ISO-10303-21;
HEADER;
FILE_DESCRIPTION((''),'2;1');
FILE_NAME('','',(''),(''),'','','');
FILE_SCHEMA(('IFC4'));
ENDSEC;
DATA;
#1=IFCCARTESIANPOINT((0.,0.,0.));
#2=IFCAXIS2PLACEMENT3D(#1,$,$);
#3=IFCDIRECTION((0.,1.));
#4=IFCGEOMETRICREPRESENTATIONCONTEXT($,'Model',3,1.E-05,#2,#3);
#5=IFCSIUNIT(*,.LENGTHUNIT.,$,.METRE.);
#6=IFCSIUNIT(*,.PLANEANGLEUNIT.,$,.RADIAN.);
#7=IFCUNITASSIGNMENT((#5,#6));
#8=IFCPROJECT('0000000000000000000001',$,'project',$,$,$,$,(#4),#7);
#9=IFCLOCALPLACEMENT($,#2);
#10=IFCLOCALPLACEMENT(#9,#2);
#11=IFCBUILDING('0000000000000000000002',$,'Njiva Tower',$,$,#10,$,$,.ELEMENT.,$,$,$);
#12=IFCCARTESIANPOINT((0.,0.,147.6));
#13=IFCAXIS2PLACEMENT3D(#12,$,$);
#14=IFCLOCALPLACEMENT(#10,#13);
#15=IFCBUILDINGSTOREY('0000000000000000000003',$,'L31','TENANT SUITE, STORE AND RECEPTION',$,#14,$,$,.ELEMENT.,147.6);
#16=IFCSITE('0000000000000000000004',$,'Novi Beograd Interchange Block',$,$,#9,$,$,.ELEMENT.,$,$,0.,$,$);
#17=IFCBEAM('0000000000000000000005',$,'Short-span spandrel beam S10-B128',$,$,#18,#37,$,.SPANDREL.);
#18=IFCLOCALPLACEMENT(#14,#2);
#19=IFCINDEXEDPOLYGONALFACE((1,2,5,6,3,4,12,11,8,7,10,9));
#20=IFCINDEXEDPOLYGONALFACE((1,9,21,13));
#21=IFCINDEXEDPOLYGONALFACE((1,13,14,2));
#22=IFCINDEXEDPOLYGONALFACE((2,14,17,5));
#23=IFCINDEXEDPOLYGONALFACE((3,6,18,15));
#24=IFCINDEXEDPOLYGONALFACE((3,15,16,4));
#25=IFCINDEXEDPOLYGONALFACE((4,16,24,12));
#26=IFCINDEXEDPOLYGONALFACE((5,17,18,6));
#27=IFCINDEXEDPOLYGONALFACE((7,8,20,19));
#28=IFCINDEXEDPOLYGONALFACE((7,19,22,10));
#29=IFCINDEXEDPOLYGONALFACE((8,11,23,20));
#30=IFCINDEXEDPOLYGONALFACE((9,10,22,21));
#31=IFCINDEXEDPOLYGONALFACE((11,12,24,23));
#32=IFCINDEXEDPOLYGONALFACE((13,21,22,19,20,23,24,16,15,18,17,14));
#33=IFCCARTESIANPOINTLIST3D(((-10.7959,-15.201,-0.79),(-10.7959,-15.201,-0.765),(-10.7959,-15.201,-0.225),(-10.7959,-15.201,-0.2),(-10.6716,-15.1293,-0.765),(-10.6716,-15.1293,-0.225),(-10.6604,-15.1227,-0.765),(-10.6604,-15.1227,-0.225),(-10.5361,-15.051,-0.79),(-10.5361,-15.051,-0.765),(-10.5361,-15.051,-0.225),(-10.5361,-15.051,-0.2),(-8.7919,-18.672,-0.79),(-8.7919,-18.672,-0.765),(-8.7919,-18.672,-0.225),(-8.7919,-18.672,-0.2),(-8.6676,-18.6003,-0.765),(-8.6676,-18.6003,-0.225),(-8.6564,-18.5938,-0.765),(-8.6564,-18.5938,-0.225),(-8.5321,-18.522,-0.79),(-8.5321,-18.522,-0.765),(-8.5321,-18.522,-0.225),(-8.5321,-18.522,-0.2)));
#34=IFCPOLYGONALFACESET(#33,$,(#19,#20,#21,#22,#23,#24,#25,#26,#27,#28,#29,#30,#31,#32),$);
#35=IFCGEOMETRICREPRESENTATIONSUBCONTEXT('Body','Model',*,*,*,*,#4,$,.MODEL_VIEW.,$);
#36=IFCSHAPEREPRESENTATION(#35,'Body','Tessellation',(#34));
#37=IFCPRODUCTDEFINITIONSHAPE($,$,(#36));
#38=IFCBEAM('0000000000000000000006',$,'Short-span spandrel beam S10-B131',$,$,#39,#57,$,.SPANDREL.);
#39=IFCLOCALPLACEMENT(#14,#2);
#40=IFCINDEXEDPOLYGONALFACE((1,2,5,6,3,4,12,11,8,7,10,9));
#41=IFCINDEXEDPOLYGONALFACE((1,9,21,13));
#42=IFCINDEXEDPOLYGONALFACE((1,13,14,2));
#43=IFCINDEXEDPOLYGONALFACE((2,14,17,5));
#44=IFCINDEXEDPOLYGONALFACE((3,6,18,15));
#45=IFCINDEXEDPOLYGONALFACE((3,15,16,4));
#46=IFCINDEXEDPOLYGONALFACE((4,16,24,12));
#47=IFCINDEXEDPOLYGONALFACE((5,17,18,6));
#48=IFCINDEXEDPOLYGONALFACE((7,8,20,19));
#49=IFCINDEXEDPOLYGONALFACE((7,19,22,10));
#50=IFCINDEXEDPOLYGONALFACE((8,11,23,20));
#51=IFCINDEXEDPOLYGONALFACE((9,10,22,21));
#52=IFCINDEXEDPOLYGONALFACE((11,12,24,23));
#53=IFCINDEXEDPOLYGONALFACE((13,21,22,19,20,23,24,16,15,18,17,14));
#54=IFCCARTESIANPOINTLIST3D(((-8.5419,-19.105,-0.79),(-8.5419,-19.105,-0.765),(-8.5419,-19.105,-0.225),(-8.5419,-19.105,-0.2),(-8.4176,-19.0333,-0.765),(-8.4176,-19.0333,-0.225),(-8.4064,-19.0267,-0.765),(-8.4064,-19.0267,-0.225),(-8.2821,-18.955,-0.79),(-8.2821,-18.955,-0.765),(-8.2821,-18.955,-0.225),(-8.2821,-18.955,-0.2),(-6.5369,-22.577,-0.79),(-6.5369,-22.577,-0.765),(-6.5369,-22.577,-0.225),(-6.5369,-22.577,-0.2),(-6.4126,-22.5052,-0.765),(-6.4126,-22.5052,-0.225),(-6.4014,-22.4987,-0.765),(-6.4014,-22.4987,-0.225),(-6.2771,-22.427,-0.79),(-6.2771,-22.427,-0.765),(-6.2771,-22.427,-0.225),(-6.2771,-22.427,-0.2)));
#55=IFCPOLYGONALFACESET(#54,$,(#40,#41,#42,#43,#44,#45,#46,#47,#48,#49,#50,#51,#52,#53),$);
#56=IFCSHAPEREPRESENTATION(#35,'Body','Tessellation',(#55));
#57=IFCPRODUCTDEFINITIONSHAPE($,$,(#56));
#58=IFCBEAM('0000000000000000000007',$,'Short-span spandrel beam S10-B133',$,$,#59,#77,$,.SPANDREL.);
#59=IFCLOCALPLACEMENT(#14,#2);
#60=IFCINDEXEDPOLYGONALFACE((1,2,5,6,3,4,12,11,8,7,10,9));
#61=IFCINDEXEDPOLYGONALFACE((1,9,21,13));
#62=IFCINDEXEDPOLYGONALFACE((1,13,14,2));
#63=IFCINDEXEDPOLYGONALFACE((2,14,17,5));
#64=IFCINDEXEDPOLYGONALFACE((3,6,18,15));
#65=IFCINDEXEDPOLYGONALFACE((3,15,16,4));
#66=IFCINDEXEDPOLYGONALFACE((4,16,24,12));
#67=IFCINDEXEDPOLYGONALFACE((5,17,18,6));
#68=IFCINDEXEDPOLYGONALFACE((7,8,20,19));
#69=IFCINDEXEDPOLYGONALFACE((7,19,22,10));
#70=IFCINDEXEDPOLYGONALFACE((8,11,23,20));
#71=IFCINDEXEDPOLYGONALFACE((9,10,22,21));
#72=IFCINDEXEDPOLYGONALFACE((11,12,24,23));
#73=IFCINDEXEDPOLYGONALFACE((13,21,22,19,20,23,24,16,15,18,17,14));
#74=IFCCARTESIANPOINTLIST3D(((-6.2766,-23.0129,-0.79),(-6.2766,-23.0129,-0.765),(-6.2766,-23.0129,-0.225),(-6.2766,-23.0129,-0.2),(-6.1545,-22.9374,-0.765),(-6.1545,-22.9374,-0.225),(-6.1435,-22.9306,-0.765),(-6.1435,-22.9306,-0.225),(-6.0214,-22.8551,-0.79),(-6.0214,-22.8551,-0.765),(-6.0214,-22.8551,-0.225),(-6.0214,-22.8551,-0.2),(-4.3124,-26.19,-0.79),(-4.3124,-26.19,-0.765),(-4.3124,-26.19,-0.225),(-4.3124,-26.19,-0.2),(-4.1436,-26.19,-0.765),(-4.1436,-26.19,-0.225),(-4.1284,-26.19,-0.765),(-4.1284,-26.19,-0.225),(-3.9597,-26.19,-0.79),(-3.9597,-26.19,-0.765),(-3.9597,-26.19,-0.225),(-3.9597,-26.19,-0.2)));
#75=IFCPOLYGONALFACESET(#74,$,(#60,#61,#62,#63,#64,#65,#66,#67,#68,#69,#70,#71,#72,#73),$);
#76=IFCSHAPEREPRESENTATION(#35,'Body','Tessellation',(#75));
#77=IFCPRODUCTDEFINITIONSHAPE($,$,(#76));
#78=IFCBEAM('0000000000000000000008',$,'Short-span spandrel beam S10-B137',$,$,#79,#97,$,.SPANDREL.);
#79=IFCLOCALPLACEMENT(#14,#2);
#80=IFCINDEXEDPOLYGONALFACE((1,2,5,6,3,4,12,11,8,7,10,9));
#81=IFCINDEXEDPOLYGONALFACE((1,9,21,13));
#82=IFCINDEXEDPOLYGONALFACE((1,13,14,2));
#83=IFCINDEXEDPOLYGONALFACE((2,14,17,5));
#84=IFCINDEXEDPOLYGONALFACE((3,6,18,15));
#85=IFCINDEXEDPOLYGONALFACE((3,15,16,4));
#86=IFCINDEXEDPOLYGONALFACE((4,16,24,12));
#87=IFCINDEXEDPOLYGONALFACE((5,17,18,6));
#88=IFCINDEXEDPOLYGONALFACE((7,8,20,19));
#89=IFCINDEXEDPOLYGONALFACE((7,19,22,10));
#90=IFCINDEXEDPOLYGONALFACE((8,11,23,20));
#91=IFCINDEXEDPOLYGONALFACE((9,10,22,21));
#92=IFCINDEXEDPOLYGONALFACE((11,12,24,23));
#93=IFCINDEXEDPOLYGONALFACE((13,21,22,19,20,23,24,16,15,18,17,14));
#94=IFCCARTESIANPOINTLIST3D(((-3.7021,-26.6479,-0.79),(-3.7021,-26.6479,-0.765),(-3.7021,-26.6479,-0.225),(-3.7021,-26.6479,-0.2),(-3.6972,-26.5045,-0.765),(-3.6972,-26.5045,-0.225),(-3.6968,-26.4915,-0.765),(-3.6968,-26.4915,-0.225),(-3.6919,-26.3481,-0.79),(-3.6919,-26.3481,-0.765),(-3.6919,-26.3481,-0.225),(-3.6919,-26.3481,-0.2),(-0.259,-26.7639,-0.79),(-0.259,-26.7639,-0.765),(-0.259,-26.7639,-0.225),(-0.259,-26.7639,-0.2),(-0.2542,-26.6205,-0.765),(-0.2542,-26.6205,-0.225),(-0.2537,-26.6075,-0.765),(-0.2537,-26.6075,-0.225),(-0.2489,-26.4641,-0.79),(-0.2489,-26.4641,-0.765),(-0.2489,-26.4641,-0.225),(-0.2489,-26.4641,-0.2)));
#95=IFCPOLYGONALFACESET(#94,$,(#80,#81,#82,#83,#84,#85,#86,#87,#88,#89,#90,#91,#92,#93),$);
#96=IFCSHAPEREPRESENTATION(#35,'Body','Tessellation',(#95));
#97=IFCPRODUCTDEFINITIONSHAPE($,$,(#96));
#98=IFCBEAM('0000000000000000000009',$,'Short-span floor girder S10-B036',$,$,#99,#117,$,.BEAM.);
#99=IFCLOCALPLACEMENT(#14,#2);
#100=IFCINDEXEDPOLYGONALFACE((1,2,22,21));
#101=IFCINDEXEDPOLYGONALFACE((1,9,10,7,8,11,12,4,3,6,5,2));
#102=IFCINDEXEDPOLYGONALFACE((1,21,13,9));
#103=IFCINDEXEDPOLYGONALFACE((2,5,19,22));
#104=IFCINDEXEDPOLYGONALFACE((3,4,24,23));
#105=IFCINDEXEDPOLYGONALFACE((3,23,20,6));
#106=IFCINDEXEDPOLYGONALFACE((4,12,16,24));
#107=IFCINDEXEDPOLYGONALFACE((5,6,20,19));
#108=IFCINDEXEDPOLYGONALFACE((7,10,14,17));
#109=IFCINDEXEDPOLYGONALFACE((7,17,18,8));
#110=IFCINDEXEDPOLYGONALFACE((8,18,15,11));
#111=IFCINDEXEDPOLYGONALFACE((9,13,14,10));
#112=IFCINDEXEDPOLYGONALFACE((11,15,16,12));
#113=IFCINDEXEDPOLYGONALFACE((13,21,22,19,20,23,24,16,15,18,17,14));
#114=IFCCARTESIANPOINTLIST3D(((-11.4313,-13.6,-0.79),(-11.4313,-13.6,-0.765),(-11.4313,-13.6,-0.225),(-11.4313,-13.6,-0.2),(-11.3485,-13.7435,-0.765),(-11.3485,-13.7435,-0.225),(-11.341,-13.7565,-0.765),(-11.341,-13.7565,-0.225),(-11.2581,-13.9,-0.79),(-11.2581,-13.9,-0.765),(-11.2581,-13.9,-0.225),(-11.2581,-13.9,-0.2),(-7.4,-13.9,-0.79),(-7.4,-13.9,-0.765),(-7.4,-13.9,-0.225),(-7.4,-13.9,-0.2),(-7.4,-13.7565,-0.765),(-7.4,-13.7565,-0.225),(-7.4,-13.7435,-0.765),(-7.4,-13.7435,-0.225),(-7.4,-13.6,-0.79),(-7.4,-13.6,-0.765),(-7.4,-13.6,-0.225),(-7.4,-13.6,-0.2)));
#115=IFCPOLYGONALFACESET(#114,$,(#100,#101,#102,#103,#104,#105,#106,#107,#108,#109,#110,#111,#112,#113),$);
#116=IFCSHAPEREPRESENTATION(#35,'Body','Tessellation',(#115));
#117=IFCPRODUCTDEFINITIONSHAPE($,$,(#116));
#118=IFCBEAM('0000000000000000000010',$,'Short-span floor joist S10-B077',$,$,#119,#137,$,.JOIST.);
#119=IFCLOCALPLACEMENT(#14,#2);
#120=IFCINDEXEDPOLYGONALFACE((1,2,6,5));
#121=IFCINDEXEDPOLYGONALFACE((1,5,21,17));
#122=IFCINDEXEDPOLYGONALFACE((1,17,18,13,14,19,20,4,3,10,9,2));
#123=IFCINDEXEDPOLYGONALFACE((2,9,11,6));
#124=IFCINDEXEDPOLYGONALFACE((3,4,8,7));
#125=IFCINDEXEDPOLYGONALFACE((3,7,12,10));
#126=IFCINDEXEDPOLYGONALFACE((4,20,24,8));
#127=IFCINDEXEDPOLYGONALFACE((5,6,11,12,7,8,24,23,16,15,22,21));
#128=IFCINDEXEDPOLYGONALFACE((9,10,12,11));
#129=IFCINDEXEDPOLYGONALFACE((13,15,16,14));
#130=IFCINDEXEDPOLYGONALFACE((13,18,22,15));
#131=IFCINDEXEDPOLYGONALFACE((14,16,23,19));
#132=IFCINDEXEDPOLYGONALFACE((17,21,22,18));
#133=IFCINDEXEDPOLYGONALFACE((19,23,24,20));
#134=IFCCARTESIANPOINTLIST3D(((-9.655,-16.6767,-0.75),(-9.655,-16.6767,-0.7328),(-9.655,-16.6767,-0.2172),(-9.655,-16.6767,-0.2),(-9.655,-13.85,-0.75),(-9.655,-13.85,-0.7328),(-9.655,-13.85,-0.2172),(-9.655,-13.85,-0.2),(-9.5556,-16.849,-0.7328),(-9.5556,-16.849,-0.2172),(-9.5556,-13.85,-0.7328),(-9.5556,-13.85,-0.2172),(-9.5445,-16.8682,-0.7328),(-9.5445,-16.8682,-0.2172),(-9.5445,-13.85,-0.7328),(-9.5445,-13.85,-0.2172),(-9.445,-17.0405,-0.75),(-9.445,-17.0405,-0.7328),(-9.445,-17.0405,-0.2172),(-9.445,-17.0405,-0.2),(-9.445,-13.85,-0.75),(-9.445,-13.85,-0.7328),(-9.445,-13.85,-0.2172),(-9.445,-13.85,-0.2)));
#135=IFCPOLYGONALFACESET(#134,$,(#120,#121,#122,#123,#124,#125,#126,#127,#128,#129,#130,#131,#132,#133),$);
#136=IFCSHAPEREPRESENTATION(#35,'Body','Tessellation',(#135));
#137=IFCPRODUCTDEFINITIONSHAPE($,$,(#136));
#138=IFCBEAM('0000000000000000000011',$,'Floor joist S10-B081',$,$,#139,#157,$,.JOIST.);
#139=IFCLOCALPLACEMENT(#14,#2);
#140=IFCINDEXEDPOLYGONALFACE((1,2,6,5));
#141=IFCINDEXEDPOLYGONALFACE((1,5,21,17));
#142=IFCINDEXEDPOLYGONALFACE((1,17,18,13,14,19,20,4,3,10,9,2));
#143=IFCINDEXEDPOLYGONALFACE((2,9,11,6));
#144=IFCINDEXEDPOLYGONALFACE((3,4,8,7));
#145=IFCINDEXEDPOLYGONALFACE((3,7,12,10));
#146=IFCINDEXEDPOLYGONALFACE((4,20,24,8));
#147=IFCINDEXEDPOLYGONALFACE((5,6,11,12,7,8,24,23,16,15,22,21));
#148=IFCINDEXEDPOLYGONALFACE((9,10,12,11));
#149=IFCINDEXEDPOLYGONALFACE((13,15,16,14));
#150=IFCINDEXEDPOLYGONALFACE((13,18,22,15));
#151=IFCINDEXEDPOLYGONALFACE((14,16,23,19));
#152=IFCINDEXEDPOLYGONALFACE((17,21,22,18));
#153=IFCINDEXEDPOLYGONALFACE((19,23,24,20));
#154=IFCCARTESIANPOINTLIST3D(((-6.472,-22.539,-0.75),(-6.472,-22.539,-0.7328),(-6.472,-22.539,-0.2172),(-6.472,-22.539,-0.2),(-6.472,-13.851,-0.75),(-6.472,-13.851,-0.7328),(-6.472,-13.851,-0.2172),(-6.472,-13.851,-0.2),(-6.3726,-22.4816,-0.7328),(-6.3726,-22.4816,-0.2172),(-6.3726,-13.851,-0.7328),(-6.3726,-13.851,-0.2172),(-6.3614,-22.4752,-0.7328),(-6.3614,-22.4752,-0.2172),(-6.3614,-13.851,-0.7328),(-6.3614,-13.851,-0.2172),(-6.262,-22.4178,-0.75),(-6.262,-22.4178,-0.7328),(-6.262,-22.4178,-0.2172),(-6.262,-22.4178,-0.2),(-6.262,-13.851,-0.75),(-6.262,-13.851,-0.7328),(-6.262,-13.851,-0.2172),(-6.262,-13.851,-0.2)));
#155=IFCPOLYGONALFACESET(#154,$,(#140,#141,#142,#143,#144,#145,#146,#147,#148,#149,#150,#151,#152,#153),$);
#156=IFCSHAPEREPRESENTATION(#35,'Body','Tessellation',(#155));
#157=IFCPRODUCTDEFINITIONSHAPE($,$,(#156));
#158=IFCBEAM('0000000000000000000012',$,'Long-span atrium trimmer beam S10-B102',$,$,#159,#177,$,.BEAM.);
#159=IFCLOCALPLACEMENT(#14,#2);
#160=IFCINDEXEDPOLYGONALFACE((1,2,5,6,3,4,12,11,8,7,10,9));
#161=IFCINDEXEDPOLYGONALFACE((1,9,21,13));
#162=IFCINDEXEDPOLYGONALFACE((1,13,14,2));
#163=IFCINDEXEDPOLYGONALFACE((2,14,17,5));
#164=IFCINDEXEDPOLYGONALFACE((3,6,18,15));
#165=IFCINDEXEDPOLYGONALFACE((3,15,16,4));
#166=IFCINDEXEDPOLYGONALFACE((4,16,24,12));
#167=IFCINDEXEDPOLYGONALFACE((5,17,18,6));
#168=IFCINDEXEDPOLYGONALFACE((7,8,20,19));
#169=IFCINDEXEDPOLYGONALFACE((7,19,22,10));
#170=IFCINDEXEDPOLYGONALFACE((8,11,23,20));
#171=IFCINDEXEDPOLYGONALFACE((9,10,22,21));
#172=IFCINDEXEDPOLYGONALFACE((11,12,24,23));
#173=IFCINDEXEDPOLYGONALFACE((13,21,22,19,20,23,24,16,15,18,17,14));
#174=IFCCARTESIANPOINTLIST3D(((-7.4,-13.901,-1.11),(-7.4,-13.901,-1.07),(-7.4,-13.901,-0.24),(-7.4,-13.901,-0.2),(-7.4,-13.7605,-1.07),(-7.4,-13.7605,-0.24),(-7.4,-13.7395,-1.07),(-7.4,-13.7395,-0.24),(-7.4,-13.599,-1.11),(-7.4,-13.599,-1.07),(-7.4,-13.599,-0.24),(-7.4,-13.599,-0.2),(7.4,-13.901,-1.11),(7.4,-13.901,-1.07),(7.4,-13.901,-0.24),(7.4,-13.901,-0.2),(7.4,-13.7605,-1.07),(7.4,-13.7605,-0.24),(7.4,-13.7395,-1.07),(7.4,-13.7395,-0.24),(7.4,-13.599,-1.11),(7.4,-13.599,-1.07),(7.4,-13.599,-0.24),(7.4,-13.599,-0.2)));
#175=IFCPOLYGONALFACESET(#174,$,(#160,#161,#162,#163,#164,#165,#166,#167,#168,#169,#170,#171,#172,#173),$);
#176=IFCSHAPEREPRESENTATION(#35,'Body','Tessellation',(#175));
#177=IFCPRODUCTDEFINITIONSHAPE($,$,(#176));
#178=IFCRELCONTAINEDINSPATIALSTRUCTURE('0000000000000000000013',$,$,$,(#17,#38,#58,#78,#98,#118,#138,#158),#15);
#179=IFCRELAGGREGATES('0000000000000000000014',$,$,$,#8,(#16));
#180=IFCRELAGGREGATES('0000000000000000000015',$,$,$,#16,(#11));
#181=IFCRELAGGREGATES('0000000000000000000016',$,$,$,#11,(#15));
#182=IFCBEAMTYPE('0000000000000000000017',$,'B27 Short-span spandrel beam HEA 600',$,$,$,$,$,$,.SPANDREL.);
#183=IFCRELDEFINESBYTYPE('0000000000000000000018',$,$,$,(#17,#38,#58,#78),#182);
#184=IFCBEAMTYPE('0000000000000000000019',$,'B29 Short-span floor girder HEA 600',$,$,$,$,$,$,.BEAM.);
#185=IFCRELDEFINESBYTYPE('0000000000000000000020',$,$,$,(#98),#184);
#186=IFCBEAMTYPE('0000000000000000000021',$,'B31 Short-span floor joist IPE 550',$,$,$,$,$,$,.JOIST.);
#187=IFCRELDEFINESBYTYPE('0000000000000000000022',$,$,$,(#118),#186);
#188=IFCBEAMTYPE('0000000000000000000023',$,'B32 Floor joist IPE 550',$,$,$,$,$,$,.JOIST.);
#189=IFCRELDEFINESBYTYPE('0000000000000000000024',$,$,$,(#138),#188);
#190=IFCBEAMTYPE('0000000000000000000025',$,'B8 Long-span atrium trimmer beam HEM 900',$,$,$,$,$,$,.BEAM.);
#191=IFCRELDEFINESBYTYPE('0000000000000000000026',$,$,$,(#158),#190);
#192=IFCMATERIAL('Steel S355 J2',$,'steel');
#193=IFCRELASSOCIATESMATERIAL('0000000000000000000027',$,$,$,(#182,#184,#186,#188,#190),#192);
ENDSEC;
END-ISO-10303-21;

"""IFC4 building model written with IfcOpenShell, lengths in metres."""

from ifc_helpers import new_model, si_unit, direction, frame, origin, origin_2d, place, context, subcontext, project, spatial, i_section, extrude, clip, halfspace, material, material_profile, profile_set, type_object, element, save


model = new_model("IFC4")

# Units and contexts
model_context = context("Model", 3, precision=1e-05, world=origin(), true_north=direction((0.0, 1.0)))
body_context = subcontext(model_context, "Body", "Model", "MODEL_VIEW")
ifc_project = project(units=[si_unit("LENGTHUNIT", "METRE"), si_unit("PLANEANGLEUNIT", "RADIAN")], contexts=[model_context])

# Site, building, storey
site_placement = place(None, origin())
site = spatial("IfcSite", under=ifc_project, at=site_placement, Name="Novi Beograd Interchange Block", CompositionType="ELEMENT", RefElevation=0.0)
building_placement = place(site_placement, origin())
building = spatial("IfcBuilding", under=site, at=building_placement, Name="Njiva Tower", CompositionType="ELEMENT")
storey_placement = place(building_placement, frame((0.0, 0.0, 147.6)))
storey = spatial("IfcBuildingStorey", under=building, at=storey_placement, Name="L31", Description="TENANT SUITE, STORE AND RECEPTION", CompositionType="ELEMENT", Elevation=147.6)

# Shared definitions
ifc_material_1 = material(Name="Steel S355 J2", Category="steel")

# Beams
ifc_material_profile_1 = material_profile(ifc_material_1, i_section(OverallWidth=0.3, OverallDepth=0.59, WebThickness=0.013, FlangeThickness=0.025, at=origin_2d()), Name="HEA 600")
ifc_profile_set_1 = profile_set([ifc_material_profile_1], Name="Steel S355 J2")
beam_type_1 = type_object("IfcBeamType", Name="B27 Short-span spandrel beam HEA 600", PredefinedType="SPANDREL", material=ifc_profile_set_1)
beam_1_placement = place(storey_placement, frame((-10.666, -15.126, -0.495), z_axis=(0.500003, -0.866024, 0.0), x_axis=(0.866024, 0.500003, 0.0)))
element("IfcBeam", 1, at=beam_1_placement, inside=storey, type_object=beam_type_1, Name="Short-span spandrel beam S10-B128", PredefinedType="SPANDREL", context=body_context, shape_type="SweptSolid", body=[
    extrude(i_section(OverallWidth=0.3, OverallDepth=0.59, WebThickness=0.013, FlangeThickness=0.025, at=origin_2d()), origin(), (0.0, 0.0, 1.0), 4.008),
])
beam_2_placement = place(storey_placement, frame((-8.412, -19.03, -0.495), z_axis=(0.500082, -0.865978, 0.0), x_axis=(0.865978, 0.500082, 0.0)))
element("IfcBeam", 2, at=beam_2_placement, inside=storey, type_object=beam_type_1, Name="Short-span spandrel beam S10-B131", PredefinedType="SPANDREL", context=body_context, shape_type="SweptSolid", body=[
    extrude(i_section(OverallWidth=0.3, OverallDepth=0.59, WebThickness=0.013, FlangeThickness=0.025, at=origin_2d()), origin(), (0.0, 0.0, 1.0), 4.0093),
])
beam_3_placement = place(storey_placement, frame((-6.149, -22.934, -0.495), z_axis=(0.52586, -0.850571, 0.0), x_axis=(0.850571, 0.52586, 0.0)))
element("IfcBeam", 3, at=beam_3_placement, inside=storey, type_object=beam_type_1, Name="Short-span spandrel beam S10-B133", PredefinedType="SPANDREL", context=body_context, shape_type="Clipping", body=[
    clip(extrude(i_section(OverallWidth=0.3, OverallDepth=0.59, WebThickness=0.013, FlangeThickness=0.025, at=origin_2d()), origin(), (0.0, 0.0, 1.0), 3.941), halfspace(frame((-0.0267, 0.0, 3.8115), z_axis=(-0.52586, 0.0, 0.850571), x_axis=(0.0, 1.0, 0.0)), False)),
])
beam_4_placement = place(storey_placement, frame((-3.697, -26.498, -0.495), z_axis=(0.999433, -0.033672, 0.0), x_axis=(0.033672, 0.999433, 0.0)))
element("IfcBeam", 4, at=beam_4_placement, inside=storey, type_object=beam_type_1, Name="Short-span spandrel beam S10-B137", PredefinedType="SPANDREL", context=body_context, shape_type="SweptSolid", body=[
    extrude(i_section(OverallWidth=0.3, OverallDepth=0.59, WebThickness=0.013, FlangeThickness=0.025, at=origin_2d()), origin(), (0.0, 0.0, 1.0), 3.445),
])
ifc_material_profile_2 = material_profile(ifc_material_1, i_section(OverallWidth=0.3, OverallDepth=0.59, WebThickness=0.013, FlangeThickness=0.025, at=origin_2d()), Name="HEA 600")
ifc_profile_set_2 = profile_set([ifc_material_profile_2], Name="Steel S355 J2")
beam_type_2 = type_object("IfcBeamType", Name="B29 Short-span floor girder HEA 600", PredefinedType="BEAM", material=ifc_profile_set_2)
beam_5_placement = place(storey_placement, frame((-11.452, -13.75, -0.495), z_axis=(1.0, 0.0, 0.0), x_axis=(0.0, 1.0, 0.0)))
element("IfcBeam", 5, at=beam_5_placement, inside=storey, type_object=beam_type_2, Name="Short-span floor girder S10-B036", PredefinedType="BEAM", context=body_context, shape_type="Clipping", body=[
    clip(extrude(i_section(OverallWidth=0.3, OverallDepth=0.59, WebThickness=0.013, FlangeThickness=0.025, at=origin_2d()), origin(), (0.0, 0.0, 1.0), 4.052), halfspace(frame((-0.025, 0.0, 0.1217), z_axis=(-0.499998, 0.0, -0.866027), x_axis=(0.0, -1.0, 0.0)), False)),
])
ifc_material_profile_3 = material_profile(ifc_material_1, i_section(OverallWidth=0.21, OverallDepth=0.55, WebThickness=0.0111, FlangeThickness=0.0172, at=origin_2d()), Name="IPE 550")
ifc_profile_set_3 = profile_set([ifc_material_profile_3], Name="Steel S355 J2")
beam_type_3 = type_object("IfcBeamType", Name="B31 Short-span floor joist IPE 550", PredefinedType="JOIST", material=ifc_profile_set_3)
beam_6_placement = place(storey_placement, frame((-9.55, -13.85, -0.475), z_axis=(0.0, -1.0, 0.0), x_axis=(1.0, 0.0, 0.0)))
element("IfcBeam", 6, at=beam_6_placement, inside=storey, type_object=beam_type_3, Name="Short-span floor joist S10-B077", PredefinedType="JOIST", context=body_context, shape_type="Clipping", body=[
    clip(extrude(i_section(OverallWidth=0.21, OverallDepth=0.55, WebThickness=0.0111, FlangeThickness=0.0172, at=origin_2d()), origin(), (0.0, 0.0, 1.0), 3.211), halfspace(frame((-0.0433, 0.0, 2.9336), z_axis=(-0.866027, 0.0, 0.499998), x_axis=(0.0, 1.0, 0.0)), False)),
])
ifc_material_profile_4 = material_profile(ifc_material_1, i_section(OverallWidth=0.21, OverallDepth=0.55, WebThickness=0.0111, FlangeThickness=0.0172, at=origin_2d()), Name="IPE 550")
ifc_profile_set_4 = profile_set([ifc_material_profile_4], Name="Steel S355 J2")
beam_type_4 = type_object("IfcBeamType", Name="B32 Floor joist IPE 550", PredefinedType="JOIST", material=ifc_profile_set_4)
beam_7_placement = place(storey_placement, frame((-6.367, -13.851, -0.475), z_axis=(0.0, -1.0, 0.0), x_axis=(1.0, 0.0, 0.0)))
element("IfcBeam", 7, at=beam_7_placement, inside=storey, type_object=beam_type_4, Name="Floor joist S10-B081", PredefinedType="JOIST", context=body_context, shape_type="Clipping", body=[
    clip(extrude(i_section(OverallWidth=0.21, OverallDepth=0.55, WebThickness=0.0111, FlangeThickness=0.0172, at=origin_2d()), origin(), (0.0, 0.0, 1.0), 8.708), halfspace(frame((0.0253, 0.0, 8.6128), z_axis=(0.499998, 0.0, 0.866027), x_axis=(0.0, 1.0, 0.0)), False)),
])
ifc_material_profile_5 = material_profile(ifc_material_1, i_section(OverallWidth=0.302, OverallDepth=0.91, WebThickness=0.021, FlangeThickness=0.04, at=origin_2d()), Name="HEM 900")
ifc_profile_set_5 = profile_set([ifc_material_profile_5], Name="Steel S355 J2")
beam_type_5 = type_object("IfcBeamType", Name="B8 Long-span atrium trimmer beam HEM 900", PredefinedType="BEAM", material=ifc_profile_set_5)
beam_8_placement = place(storey_placement, frame((-7.4, -13.75, -0.655), z_axis=(1.0, 0.0, 0.0), x_axis=(0.0, 1.0, 0.0)))
element("IfcBeam", 8, at=beam_8_placement, inside=storey, type_object=beam_type_5, Name="Long-span atrium trimmer beam S10-B102", PredefinedType="BEAM", context=body_context, shape_type="SweptSolid", body=[
    extrude(i_section(OverallWidth=0.302, OverallDepth=0.91, WebThickness=0.021, FlangeThickness=0.04, at=origin_2d()), origin(), (0.0, 0.0, 1.0), 14.8),
])

save(model, "model.ifc")
